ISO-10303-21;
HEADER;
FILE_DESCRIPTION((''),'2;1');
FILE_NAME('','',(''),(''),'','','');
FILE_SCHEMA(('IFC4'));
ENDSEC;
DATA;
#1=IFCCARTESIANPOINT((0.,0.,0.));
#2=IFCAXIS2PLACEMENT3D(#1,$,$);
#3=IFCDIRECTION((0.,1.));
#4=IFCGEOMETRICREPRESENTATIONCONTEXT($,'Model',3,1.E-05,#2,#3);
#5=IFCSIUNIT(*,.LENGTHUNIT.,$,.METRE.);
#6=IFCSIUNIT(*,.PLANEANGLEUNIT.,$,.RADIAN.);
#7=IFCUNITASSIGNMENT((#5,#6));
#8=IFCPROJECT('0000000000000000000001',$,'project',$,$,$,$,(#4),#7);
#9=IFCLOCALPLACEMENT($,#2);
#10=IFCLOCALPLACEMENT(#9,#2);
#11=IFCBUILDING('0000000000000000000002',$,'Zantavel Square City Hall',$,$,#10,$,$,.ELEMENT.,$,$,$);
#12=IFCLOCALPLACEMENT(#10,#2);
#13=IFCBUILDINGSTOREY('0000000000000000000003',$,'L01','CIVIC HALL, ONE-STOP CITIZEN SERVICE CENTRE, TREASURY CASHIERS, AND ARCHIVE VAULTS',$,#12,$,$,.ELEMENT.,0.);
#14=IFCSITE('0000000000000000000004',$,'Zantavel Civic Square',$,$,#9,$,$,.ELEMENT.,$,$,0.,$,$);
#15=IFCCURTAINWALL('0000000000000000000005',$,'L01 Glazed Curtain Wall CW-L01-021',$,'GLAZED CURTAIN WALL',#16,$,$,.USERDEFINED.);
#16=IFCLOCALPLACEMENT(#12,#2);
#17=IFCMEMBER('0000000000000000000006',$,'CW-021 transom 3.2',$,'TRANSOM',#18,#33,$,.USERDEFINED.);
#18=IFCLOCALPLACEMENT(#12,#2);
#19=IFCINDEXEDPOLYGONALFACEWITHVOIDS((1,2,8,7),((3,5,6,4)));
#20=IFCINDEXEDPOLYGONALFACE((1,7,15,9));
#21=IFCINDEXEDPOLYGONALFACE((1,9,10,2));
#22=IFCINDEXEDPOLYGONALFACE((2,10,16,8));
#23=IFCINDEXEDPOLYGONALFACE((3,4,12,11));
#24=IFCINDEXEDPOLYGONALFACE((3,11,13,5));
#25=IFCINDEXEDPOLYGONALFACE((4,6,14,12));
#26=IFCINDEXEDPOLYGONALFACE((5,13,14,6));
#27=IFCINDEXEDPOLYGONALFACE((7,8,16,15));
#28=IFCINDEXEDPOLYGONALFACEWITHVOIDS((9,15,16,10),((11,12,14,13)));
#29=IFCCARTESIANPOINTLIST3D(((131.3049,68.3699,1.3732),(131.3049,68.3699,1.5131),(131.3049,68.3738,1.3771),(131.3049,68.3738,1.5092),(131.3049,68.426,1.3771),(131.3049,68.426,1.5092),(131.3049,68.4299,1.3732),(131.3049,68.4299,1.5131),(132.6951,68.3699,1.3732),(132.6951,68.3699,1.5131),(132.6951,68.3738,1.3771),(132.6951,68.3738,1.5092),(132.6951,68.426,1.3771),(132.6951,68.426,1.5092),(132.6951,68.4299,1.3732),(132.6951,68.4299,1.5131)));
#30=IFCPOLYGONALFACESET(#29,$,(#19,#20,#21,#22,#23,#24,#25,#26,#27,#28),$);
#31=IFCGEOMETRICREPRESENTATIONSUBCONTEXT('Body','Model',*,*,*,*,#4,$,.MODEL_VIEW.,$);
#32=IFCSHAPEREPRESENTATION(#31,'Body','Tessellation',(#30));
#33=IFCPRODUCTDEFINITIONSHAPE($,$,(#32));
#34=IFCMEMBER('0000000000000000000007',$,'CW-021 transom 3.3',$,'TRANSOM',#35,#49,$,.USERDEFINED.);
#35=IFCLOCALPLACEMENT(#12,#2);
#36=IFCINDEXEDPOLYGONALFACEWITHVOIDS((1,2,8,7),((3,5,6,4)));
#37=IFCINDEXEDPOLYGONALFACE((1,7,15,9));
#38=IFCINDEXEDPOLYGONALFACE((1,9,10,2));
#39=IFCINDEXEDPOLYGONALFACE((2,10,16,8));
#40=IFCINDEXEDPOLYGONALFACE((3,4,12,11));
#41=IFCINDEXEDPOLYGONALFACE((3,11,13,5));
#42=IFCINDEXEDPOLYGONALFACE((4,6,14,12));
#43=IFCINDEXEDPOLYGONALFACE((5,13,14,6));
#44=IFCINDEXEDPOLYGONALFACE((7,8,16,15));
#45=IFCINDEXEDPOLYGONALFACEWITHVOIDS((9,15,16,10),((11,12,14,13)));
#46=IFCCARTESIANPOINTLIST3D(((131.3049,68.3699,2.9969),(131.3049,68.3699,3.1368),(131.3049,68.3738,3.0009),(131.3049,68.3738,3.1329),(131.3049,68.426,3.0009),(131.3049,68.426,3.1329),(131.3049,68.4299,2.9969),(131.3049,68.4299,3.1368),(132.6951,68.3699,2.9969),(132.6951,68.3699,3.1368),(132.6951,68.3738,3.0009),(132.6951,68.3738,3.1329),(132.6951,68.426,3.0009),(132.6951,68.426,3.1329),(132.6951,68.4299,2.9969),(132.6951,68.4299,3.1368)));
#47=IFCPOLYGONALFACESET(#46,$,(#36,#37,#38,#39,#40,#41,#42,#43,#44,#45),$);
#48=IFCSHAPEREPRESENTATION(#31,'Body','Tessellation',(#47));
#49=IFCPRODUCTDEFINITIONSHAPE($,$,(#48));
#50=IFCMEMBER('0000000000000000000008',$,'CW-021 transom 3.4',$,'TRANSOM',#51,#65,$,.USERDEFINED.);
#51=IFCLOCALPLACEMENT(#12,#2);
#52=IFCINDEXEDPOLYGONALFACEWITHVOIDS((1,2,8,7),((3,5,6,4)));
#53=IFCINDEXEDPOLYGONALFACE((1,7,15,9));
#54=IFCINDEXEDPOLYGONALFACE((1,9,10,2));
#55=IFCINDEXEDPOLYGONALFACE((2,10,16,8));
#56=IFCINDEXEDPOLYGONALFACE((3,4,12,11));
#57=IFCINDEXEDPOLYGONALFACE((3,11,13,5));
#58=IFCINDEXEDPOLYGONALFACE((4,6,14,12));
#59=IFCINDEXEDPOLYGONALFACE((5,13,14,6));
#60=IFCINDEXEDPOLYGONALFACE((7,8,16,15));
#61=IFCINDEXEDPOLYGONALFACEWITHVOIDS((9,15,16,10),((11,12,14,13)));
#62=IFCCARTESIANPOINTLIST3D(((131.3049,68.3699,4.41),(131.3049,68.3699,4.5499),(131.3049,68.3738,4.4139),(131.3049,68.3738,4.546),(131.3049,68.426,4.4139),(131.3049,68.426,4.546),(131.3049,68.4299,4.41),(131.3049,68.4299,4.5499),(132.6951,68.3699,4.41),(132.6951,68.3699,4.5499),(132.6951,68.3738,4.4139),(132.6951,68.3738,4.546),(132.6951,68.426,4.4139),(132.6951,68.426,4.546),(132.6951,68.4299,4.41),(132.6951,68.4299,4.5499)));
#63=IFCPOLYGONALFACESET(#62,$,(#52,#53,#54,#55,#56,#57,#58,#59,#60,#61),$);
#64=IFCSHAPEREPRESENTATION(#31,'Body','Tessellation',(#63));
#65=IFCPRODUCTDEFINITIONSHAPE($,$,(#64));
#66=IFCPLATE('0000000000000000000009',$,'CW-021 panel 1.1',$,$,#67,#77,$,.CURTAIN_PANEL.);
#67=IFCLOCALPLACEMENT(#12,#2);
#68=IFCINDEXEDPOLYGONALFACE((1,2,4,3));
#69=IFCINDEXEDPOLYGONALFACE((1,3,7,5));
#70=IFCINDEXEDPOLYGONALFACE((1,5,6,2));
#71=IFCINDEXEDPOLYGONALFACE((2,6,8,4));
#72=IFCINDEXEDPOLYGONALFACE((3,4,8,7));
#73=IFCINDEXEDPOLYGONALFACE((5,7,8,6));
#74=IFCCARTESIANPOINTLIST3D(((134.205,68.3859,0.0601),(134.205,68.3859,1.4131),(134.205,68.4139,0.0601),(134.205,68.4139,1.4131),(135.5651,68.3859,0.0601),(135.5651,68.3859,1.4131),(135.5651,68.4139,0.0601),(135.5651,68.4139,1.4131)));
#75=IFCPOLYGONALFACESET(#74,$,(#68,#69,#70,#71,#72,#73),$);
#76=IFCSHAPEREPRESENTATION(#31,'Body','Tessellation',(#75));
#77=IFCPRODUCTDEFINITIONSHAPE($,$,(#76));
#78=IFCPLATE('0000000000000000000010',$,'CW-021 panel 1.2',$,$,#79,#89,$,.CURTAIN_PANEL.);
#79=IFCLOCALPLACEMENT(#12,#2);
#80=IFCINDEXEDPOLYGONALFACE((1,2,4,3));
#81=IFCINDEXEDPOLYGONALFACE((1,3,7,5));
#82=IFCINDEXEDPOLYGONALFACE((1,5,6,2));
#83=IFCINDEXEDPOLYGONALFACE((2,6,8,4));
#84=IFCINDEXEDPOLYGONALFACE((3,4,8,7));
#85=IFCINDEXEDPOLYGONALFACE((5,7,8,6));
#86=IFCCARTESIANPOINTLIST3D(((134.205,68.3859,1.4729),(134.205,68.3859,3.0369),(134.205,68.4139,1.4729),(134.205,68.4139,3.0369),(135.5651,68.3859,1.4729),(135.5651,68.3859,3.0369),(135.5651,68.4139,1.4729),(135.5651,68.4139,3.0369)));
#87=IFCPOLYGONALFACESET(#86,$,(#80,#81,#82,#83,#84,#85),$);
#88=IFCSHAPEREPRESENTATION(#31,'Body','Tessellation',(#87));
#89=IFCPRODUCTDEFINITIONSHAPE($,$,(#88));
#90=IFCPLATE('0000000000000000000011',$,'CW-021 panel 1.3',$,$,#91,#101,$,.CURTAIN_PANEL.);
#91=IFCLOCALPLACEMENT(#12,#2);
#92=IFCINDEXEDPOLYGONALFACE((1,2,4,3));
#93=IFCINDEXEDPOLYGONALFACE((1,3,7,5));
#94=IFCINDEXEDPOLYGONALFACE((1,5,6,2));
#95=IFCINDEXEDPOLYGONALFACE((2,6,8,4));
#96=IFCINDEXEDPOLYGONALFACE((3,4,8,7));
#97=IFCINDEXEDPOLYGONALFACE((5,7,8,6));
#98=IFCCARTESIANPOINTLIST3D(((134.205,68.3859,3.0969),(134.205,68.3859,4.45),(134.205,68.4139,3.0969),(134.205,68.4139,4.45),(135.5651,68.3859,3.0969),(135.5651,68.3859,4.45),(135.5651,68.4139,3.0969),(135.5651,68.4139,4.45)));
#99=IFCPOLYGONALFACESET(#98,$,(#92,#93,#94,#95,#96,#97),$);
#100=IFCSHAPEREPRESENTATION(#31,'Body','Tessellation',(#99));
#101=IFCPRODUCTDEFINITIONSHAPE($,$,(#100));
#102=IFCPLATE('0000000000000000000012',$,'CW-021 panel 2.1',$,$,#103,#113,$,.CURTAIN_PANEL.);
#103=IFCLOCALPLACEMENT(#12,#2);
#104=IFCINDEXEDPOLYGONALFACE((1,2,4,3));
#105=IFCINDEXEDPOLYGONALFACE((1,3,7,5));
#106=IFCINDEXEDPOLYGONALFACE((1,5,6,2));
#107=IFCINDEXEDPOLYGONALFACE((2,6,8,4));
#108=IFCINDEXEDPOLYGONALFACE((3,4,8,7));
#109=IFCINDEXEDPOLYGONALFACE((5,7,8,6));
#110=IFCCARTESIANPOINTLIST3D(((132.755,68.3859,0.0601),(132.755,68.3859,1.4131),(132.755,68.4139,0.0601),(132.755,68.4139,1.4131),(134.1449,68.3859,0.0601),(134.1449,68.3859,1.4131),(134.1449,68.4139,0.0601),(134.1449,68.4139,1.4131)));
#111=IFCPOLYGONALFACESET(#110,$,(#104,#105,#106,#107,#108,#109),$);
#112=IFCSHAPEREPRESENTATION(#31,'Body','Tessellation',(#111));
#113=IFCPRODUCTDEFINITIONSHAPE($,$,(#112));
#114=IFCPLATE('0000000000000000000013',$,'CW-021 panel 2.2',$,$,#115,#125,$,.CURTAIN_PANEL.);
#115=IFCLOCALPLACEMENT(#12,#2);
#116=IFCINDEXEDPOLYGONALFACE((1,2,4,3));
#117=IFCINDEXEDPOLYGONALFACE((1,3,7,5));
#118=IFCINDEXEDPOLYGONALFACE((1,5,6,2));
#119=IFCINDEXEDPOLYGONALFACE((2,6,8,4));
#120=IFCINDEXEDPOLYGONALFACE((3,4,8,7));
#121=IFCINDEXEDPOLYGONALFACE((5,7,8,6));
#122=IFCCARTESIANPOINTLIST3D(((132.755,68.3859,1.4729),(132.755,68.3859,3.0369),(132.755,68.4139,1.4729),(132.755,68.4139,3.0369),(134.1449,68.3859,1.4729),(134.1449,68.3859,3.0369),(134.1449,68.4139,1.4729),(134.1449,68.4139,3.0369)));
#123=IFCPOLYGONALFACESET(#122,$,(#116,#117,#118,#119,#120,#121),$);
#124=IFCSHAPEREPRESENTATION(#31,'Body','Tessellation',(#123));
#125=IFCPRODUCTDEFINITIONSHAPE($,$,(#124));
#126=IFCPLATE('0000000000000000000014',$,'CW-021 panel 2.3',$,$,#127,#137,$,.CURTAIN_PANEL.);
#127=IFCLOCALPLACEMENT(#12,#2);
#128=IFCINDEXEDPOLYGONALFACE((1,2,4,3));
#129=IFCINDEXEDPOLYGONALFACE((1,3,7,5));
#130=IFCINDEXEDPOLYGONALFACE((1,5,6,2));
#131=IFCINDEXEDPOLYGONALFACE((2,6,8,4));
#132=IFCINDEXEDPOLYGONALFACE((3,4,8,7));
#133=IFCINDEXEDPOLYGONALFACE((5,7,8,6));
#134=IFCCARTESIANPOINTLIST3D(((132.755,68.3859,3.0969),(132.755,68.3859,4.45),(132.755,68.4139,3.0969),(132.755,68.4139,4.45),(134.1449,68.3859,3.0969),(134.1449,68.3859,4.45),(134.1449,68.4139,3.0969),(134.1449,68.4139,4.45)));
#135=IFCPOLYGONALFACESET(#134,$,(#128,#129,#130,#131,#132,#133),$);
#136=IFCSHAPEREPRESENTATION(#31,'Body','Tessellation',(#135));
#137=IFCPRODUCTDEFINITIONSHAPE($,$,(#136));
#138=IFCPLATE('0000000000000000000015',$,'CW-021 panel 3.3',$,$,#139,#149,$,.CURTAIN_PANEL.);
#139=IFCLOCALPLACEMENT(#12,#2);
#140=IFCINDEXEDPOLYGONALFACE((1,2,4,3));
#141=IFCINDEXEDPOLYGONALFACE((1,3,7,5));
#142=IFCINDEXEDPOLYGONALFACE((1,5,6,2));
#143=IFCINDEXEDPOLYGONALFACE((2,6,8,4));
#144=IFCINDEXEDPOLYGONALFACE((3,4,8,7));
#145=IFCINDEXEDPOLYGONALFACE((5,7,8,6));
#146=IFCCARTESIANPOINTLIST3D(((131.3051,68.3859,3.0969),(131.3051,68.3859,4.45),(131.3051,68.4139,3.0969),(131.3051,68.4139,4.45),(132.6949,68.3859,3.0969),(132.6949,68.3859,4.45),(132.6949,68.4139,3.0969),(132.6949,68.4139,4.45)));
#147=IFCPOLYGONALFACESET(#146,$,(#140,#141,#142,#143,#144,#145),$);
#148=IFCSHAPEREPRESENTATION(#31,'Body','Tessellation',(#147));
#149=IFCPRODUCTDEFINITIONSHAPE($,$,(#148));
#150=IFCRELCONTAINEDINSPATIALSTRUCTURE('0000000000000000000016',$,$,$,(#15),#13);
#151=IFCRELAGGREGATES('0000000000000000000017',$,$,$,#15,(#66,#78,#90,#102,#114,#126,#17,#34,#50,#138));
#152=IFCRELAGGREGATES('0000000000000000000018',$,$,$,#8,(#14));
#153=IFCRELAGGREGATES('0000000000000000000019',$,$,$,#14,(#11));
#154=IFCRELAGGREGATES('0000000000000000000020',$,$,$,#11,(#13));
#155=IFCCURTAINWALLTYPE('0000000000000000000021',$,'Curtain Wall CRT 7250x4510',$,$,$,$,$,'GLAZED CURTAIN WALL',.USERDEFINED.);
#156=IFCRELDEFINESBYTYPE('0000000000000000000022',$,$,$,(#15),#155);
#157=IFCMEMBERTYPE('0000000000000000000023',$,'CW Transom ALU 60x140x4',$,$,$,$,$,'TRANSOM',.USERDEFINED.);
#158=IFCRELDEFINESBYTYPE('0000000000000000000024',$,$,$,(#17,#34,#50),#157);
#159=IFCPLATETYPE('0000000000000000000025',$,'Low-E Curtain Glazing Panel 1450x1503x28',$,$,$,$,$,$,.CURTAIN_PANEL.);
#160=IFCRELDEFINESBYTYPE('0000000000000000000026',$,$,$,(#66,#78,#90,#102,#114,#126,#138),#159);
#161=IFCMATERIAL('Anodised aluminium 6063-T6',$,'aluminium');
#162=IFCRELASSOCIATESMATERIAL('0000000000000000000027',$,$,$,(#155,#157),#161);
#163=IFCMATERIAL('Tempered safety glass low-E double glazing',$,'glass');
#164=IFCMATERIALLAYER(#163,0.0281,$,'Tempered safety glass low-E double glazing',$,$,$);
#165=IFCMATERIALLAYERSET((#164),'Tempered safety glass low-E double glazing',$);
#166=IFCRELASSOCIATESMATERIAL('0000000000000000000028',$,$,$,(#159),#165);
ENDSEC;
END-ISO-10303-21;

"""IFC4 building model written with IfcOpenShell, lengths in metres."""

from ifc_helpers import new_model, si_unit, direction, frame, origin, origin_2d, place, context, subcontext, project, spatial, rectangle, hollow_rectangle, extrude, material, layer, layer_set, material_profile, profile_set, type_object, element, aggregate, save


model = new_model("IFC4")

# Units and contexts
model_context = context("Model", 3, precision=1e-05, world=origin(), true_north=direction((0.0, 1.0)))
body_context = subcontext(model_context, "Body", "Model", "MODEL_VIEW")
ifc_project = project(units=[si_unit("LENGTHUNIT", "METRE"), si_unit("PLANEANGLEUNIT", "RADIAN")], contexts=[model_context])

# Site, building, storey
site_placement = place(None, origin())
site = spatial("IfcSite", under=ifc_project, at=site_placement, Name="Zantavel Civic Square", CompositionType="ELEMENT", RefElevation=0.0)
building_placement = place(site_placement, origin())
building = spatial("IfcBuilding", under=site, at=building_placement, Name="Zantavel Square City Hall", CompositionType="ELEMENT")
storey_placement = place(building_placement, origin())
storey = spatial("IfcBuildingStorey", under=building, at=storey_placement, Name="L01", Description="CIVIC HALL, ONE-STOP CITIZEN SERVICE CENTRE, TREASURY CASHIERS, AND ARCHIVE VAULTS", CompositionType="ELEMENT", Elevation=0.0)

# Curtain wall, members, plates
ifc_material_1 = material(Name="Anodised aluminium 6063-T6", Category="aluminium")
curtain_wall_type = type_object("IfcCurtainWallType", Name="Curtain Wall CRT 7250x4510", ElementType="GLAZED CURTAIN WALL", PredefinedType="USERDEFINED", material=ifc_material_1)
curtain_wall_placement = place(storey_placement, origin())
curtain_wall = element("IfcCurtainWall", 1, at=curtain_wall_placement, inside=storey, type_object=curtain_wall_type, Name="L01 Glazed Curtain Wall CW-L01-021", ObjectType="GLAZED CURTAIN WALL", PredefinedType="USERDEFINED")
ifc_material_profile_1 = material_profile(ifc_material_1, hollow_rectangle(XDim=0.0601, YDim=0.1399, WallThickness=0.0039, at=origin_2d()), Name="ALU 60x140x4")
ifc_profile_set_1 = profile_set([ifc_material_profile_1], Name="Anodised aluminium 6063-T6")
member_type_1 = type_object("IfcMemberType", Name="CW Transom ALU 60x140x4", ElementType="TRANSOM", PredefinedType="USERDEFINED", material=ifc_profile_set_1)
member_1_placement = place(storey_placement, frame((132.6951, 68.3999, 1.4431), z_axis=(-1.0, 0.0, 0.0), x_axis=(0.0, -1.0, 0.0)))
member_1 = element("IfcMember", 2, at=member_1_placement, type_object=member_type_1, Name="CW-021 transom 3.2", ObjectType="TRANSOM", PredefinedType="USERDEFINED", context=body_context, shape_type="SweptSolid", body=[
    extrude(hollow_rectangle(XDim=0.0601, YDim=0.1399, WallThickness=0.0039, at=origin_2d()), origin(), (0.0, 0.0, 1.0), 1.3901),
])
member_2_placement = place(storey_placement, frame((132.6951, 68.3999, 3.0669), z_axis=(-1.0, 0.0, 0.0), x_axis=(0.0, -1.0, 0.0)))
member_2 = element("IfcMember", 3, at=member_2_placement, type_object=member_type_1, Name="CW-021 transom 3.3", ObjectType="TRANSOM", PredefinedType="USERDEFINED", context=body_context, shape_type="SweptSolid", body=[
    extrude(hollow_rectangle(XDim=0.0601, YDim=0.1399, WallThickness=0.0039, at=origin_2d()), origin(), (0.0, 0.0, 1.0), 1.3901),
])
member_3_placement = place(storey_placement, frame((132.6951, 68.3999, 4.48), z_axis=(-1.0, 0.0, 0.0), x_axis=(0.0, -1.0, 0.0)))
member_3 = element("IfcMember", 4, at=member_3_placement, type_object=member_type_1, Name="CW-021 transom 3.4", ObjectType="TRANSOM", PredefinedType="USERDEFINED", context=body_context, shape_type="SweptSolid", body=[
    extrude(hollow_rectangle(XDim=0.0601, YDim=0.1399, WallThickness=0.0039, at=origin_2d()), origin(), (0.0, 0.0, 1.0), 1.3901),
])
ifc_material_2 = material(Name="Tempered safety glass low-E double glazing", Category="glass")
ifc_layer = layer(ifc_material_2, 0.0281, Name="Tempered safety glass low-E double glazing")
ifc_layer_set = layer_set([ifc_layer], Name="Tempered safety glass low-E double glazing")
plate_type = type_object("IfcPlateType", Name="Low-E Curtain Glazing Panel 1450x1503x28", PredefinedType="CURTAIN_PANEL", material=ifc_layer_set)
plate_1_placement = place(storey_placement, frame((134.885, 68.3999, 0.0601), z_axis=(0.0, 0.0, 1.0), x_axis=(-1.0, 0.0, 0.0)))
plate_1 = element("IfcPlate", 5, at=plate_1_placement, type_object=plate_type, Name="CW-021 panel 1.1", PredefinedType="CURTAIN_PANEL", context=body_context, shape_type="SweptSolid", body=[
    extrude(rectangle(XDim=1.3601, YDim=0.0281, at=origin_2d()), origin(), (0.0, 0.0, 1.0), 1.353),
])
plate_2_placement = place(storey_placement, frame((134.885, 68.3999, 1.4729), z_axis=(0.0, 0.0, 1.0), x_axis=(-1.0, 0.0, 0.0)))
plate_2 = element("IfcPlate", 6, at=plate_2_placement, type_object=plate_type, Name="CW-021 panel 1.2", PredefinedType="CURTAIN_PANEL", context=body_context, shape_type="SweptSolid", body=[
    extrude(rectangle(XDim=1.3601, YDim=0.0281, at=origin_2d()), origin(), (0.0, 0.0, 1.0), 1.564),
])
plate_3_placement = place(storey_placement, frame((134.885, 68.3999, 3.0969), z_axis=(0.0, 0.0, 1.0), x_axis=(-1.0, 0.0, 0.0)))
plate_3 = element("IfcPlate", 7, at=plate_3_placement, type_object=plate_type, Name="CW-021 panel 1.3", PredefinedType="CURTAIN_PANEL", context=body_context, shape_type="SweptSolid", body=[
    extrude(rectangle(XDim=1.3601, YDim=0.0281, at=origin_2d()), origin(), (0.0, 0.0, 1.0), 1.353),
])
plate_4_placement = place(storey_placement, frame((133.45, 68.3999, 0.0601), z_axis=(0.0, 0.0, 1.0), x_axis=(-1.0, 0.0, 0.0)))
plate_4 = element("IfcPlate", 8, at=plate_4_placement, type_object=plate_type, Name="CW-021 panel 2.1", PredefinedType="CURTAIN_PANEL", context=body_context, shape_type="SweptSolid", body=[
    extrude(rectangle(XDim=1.3899, YDim=0.0281, at=origin_2d()), origin(), (0.0, 0.0, 1.0), 1.353),
])
plate_5_placement = place(storey_placement, frame((133.45, 68.3999, 1.4729), z_axis=(0.0, 0.0, 1.0), x_axis=(-1.0, 0.0, 0.0)))
plate_5 = element("IfcPlate", 9, at=plate_5_placement, type_object=plate_type, Name="CW-021 panel 2.2", PredefinedType="CURTAIN_PANEL", context=body_context, shape_type="SweptSolid", body=[
    extrude(rectangle(XDim=1.3899, YDim=0.0281, at=origin_2d()), origin(), (0.0, 0.0, 1.0), 1.564),
])
plate_6_placement = place(storey_placement, frame((133.45, 68.3999, 3.0969), z_axis=(0.0, 0.0, 1.0), x_axis=(-1.0, 0.0, 0.0)))
plate_6 = element("IfcPlate", 10, at=plate_6_placement, type_object=plate_type, Name="CW-021 panel 2.3", PredefinedType="CURTAIN_PANEL", context=body_context, shape_type="SweptSolid", body=[
    extrude(rectangle(XDim=1.3899, YDim=0.0281, at=origin_2d()), origin(), (0.0, 0.0, 1.0), 1.353),
])
plate_7_placement = place(storey_placement, frame((132.0, 68.3999, 3.0969), z_axis=(0.0, 0.0, 1.0), x_axis=(-1.0, 0.0, 0.0)))
plate_7 = element("IfcPlate", 11, at=plate_7_placement, type_object=plate_type, Name="CW-021 panel 3.3", PredefinedType="CURTAIN_PANEL", context=body_context, shape_type="SweptSolid", body=[
    extrude(rectangle(XDim=1.3899, YDim=0.0281, at=origin_2d()), origin(), (0.0, 0.0, 1.0), 1.353),
])
aggregate(curtain_wall, [plate_1, plate_2, plate_3, plate_4, plate_5, plate_6, member_1, member_2, member_3, plate_7])

save(model, "model.ifc")
